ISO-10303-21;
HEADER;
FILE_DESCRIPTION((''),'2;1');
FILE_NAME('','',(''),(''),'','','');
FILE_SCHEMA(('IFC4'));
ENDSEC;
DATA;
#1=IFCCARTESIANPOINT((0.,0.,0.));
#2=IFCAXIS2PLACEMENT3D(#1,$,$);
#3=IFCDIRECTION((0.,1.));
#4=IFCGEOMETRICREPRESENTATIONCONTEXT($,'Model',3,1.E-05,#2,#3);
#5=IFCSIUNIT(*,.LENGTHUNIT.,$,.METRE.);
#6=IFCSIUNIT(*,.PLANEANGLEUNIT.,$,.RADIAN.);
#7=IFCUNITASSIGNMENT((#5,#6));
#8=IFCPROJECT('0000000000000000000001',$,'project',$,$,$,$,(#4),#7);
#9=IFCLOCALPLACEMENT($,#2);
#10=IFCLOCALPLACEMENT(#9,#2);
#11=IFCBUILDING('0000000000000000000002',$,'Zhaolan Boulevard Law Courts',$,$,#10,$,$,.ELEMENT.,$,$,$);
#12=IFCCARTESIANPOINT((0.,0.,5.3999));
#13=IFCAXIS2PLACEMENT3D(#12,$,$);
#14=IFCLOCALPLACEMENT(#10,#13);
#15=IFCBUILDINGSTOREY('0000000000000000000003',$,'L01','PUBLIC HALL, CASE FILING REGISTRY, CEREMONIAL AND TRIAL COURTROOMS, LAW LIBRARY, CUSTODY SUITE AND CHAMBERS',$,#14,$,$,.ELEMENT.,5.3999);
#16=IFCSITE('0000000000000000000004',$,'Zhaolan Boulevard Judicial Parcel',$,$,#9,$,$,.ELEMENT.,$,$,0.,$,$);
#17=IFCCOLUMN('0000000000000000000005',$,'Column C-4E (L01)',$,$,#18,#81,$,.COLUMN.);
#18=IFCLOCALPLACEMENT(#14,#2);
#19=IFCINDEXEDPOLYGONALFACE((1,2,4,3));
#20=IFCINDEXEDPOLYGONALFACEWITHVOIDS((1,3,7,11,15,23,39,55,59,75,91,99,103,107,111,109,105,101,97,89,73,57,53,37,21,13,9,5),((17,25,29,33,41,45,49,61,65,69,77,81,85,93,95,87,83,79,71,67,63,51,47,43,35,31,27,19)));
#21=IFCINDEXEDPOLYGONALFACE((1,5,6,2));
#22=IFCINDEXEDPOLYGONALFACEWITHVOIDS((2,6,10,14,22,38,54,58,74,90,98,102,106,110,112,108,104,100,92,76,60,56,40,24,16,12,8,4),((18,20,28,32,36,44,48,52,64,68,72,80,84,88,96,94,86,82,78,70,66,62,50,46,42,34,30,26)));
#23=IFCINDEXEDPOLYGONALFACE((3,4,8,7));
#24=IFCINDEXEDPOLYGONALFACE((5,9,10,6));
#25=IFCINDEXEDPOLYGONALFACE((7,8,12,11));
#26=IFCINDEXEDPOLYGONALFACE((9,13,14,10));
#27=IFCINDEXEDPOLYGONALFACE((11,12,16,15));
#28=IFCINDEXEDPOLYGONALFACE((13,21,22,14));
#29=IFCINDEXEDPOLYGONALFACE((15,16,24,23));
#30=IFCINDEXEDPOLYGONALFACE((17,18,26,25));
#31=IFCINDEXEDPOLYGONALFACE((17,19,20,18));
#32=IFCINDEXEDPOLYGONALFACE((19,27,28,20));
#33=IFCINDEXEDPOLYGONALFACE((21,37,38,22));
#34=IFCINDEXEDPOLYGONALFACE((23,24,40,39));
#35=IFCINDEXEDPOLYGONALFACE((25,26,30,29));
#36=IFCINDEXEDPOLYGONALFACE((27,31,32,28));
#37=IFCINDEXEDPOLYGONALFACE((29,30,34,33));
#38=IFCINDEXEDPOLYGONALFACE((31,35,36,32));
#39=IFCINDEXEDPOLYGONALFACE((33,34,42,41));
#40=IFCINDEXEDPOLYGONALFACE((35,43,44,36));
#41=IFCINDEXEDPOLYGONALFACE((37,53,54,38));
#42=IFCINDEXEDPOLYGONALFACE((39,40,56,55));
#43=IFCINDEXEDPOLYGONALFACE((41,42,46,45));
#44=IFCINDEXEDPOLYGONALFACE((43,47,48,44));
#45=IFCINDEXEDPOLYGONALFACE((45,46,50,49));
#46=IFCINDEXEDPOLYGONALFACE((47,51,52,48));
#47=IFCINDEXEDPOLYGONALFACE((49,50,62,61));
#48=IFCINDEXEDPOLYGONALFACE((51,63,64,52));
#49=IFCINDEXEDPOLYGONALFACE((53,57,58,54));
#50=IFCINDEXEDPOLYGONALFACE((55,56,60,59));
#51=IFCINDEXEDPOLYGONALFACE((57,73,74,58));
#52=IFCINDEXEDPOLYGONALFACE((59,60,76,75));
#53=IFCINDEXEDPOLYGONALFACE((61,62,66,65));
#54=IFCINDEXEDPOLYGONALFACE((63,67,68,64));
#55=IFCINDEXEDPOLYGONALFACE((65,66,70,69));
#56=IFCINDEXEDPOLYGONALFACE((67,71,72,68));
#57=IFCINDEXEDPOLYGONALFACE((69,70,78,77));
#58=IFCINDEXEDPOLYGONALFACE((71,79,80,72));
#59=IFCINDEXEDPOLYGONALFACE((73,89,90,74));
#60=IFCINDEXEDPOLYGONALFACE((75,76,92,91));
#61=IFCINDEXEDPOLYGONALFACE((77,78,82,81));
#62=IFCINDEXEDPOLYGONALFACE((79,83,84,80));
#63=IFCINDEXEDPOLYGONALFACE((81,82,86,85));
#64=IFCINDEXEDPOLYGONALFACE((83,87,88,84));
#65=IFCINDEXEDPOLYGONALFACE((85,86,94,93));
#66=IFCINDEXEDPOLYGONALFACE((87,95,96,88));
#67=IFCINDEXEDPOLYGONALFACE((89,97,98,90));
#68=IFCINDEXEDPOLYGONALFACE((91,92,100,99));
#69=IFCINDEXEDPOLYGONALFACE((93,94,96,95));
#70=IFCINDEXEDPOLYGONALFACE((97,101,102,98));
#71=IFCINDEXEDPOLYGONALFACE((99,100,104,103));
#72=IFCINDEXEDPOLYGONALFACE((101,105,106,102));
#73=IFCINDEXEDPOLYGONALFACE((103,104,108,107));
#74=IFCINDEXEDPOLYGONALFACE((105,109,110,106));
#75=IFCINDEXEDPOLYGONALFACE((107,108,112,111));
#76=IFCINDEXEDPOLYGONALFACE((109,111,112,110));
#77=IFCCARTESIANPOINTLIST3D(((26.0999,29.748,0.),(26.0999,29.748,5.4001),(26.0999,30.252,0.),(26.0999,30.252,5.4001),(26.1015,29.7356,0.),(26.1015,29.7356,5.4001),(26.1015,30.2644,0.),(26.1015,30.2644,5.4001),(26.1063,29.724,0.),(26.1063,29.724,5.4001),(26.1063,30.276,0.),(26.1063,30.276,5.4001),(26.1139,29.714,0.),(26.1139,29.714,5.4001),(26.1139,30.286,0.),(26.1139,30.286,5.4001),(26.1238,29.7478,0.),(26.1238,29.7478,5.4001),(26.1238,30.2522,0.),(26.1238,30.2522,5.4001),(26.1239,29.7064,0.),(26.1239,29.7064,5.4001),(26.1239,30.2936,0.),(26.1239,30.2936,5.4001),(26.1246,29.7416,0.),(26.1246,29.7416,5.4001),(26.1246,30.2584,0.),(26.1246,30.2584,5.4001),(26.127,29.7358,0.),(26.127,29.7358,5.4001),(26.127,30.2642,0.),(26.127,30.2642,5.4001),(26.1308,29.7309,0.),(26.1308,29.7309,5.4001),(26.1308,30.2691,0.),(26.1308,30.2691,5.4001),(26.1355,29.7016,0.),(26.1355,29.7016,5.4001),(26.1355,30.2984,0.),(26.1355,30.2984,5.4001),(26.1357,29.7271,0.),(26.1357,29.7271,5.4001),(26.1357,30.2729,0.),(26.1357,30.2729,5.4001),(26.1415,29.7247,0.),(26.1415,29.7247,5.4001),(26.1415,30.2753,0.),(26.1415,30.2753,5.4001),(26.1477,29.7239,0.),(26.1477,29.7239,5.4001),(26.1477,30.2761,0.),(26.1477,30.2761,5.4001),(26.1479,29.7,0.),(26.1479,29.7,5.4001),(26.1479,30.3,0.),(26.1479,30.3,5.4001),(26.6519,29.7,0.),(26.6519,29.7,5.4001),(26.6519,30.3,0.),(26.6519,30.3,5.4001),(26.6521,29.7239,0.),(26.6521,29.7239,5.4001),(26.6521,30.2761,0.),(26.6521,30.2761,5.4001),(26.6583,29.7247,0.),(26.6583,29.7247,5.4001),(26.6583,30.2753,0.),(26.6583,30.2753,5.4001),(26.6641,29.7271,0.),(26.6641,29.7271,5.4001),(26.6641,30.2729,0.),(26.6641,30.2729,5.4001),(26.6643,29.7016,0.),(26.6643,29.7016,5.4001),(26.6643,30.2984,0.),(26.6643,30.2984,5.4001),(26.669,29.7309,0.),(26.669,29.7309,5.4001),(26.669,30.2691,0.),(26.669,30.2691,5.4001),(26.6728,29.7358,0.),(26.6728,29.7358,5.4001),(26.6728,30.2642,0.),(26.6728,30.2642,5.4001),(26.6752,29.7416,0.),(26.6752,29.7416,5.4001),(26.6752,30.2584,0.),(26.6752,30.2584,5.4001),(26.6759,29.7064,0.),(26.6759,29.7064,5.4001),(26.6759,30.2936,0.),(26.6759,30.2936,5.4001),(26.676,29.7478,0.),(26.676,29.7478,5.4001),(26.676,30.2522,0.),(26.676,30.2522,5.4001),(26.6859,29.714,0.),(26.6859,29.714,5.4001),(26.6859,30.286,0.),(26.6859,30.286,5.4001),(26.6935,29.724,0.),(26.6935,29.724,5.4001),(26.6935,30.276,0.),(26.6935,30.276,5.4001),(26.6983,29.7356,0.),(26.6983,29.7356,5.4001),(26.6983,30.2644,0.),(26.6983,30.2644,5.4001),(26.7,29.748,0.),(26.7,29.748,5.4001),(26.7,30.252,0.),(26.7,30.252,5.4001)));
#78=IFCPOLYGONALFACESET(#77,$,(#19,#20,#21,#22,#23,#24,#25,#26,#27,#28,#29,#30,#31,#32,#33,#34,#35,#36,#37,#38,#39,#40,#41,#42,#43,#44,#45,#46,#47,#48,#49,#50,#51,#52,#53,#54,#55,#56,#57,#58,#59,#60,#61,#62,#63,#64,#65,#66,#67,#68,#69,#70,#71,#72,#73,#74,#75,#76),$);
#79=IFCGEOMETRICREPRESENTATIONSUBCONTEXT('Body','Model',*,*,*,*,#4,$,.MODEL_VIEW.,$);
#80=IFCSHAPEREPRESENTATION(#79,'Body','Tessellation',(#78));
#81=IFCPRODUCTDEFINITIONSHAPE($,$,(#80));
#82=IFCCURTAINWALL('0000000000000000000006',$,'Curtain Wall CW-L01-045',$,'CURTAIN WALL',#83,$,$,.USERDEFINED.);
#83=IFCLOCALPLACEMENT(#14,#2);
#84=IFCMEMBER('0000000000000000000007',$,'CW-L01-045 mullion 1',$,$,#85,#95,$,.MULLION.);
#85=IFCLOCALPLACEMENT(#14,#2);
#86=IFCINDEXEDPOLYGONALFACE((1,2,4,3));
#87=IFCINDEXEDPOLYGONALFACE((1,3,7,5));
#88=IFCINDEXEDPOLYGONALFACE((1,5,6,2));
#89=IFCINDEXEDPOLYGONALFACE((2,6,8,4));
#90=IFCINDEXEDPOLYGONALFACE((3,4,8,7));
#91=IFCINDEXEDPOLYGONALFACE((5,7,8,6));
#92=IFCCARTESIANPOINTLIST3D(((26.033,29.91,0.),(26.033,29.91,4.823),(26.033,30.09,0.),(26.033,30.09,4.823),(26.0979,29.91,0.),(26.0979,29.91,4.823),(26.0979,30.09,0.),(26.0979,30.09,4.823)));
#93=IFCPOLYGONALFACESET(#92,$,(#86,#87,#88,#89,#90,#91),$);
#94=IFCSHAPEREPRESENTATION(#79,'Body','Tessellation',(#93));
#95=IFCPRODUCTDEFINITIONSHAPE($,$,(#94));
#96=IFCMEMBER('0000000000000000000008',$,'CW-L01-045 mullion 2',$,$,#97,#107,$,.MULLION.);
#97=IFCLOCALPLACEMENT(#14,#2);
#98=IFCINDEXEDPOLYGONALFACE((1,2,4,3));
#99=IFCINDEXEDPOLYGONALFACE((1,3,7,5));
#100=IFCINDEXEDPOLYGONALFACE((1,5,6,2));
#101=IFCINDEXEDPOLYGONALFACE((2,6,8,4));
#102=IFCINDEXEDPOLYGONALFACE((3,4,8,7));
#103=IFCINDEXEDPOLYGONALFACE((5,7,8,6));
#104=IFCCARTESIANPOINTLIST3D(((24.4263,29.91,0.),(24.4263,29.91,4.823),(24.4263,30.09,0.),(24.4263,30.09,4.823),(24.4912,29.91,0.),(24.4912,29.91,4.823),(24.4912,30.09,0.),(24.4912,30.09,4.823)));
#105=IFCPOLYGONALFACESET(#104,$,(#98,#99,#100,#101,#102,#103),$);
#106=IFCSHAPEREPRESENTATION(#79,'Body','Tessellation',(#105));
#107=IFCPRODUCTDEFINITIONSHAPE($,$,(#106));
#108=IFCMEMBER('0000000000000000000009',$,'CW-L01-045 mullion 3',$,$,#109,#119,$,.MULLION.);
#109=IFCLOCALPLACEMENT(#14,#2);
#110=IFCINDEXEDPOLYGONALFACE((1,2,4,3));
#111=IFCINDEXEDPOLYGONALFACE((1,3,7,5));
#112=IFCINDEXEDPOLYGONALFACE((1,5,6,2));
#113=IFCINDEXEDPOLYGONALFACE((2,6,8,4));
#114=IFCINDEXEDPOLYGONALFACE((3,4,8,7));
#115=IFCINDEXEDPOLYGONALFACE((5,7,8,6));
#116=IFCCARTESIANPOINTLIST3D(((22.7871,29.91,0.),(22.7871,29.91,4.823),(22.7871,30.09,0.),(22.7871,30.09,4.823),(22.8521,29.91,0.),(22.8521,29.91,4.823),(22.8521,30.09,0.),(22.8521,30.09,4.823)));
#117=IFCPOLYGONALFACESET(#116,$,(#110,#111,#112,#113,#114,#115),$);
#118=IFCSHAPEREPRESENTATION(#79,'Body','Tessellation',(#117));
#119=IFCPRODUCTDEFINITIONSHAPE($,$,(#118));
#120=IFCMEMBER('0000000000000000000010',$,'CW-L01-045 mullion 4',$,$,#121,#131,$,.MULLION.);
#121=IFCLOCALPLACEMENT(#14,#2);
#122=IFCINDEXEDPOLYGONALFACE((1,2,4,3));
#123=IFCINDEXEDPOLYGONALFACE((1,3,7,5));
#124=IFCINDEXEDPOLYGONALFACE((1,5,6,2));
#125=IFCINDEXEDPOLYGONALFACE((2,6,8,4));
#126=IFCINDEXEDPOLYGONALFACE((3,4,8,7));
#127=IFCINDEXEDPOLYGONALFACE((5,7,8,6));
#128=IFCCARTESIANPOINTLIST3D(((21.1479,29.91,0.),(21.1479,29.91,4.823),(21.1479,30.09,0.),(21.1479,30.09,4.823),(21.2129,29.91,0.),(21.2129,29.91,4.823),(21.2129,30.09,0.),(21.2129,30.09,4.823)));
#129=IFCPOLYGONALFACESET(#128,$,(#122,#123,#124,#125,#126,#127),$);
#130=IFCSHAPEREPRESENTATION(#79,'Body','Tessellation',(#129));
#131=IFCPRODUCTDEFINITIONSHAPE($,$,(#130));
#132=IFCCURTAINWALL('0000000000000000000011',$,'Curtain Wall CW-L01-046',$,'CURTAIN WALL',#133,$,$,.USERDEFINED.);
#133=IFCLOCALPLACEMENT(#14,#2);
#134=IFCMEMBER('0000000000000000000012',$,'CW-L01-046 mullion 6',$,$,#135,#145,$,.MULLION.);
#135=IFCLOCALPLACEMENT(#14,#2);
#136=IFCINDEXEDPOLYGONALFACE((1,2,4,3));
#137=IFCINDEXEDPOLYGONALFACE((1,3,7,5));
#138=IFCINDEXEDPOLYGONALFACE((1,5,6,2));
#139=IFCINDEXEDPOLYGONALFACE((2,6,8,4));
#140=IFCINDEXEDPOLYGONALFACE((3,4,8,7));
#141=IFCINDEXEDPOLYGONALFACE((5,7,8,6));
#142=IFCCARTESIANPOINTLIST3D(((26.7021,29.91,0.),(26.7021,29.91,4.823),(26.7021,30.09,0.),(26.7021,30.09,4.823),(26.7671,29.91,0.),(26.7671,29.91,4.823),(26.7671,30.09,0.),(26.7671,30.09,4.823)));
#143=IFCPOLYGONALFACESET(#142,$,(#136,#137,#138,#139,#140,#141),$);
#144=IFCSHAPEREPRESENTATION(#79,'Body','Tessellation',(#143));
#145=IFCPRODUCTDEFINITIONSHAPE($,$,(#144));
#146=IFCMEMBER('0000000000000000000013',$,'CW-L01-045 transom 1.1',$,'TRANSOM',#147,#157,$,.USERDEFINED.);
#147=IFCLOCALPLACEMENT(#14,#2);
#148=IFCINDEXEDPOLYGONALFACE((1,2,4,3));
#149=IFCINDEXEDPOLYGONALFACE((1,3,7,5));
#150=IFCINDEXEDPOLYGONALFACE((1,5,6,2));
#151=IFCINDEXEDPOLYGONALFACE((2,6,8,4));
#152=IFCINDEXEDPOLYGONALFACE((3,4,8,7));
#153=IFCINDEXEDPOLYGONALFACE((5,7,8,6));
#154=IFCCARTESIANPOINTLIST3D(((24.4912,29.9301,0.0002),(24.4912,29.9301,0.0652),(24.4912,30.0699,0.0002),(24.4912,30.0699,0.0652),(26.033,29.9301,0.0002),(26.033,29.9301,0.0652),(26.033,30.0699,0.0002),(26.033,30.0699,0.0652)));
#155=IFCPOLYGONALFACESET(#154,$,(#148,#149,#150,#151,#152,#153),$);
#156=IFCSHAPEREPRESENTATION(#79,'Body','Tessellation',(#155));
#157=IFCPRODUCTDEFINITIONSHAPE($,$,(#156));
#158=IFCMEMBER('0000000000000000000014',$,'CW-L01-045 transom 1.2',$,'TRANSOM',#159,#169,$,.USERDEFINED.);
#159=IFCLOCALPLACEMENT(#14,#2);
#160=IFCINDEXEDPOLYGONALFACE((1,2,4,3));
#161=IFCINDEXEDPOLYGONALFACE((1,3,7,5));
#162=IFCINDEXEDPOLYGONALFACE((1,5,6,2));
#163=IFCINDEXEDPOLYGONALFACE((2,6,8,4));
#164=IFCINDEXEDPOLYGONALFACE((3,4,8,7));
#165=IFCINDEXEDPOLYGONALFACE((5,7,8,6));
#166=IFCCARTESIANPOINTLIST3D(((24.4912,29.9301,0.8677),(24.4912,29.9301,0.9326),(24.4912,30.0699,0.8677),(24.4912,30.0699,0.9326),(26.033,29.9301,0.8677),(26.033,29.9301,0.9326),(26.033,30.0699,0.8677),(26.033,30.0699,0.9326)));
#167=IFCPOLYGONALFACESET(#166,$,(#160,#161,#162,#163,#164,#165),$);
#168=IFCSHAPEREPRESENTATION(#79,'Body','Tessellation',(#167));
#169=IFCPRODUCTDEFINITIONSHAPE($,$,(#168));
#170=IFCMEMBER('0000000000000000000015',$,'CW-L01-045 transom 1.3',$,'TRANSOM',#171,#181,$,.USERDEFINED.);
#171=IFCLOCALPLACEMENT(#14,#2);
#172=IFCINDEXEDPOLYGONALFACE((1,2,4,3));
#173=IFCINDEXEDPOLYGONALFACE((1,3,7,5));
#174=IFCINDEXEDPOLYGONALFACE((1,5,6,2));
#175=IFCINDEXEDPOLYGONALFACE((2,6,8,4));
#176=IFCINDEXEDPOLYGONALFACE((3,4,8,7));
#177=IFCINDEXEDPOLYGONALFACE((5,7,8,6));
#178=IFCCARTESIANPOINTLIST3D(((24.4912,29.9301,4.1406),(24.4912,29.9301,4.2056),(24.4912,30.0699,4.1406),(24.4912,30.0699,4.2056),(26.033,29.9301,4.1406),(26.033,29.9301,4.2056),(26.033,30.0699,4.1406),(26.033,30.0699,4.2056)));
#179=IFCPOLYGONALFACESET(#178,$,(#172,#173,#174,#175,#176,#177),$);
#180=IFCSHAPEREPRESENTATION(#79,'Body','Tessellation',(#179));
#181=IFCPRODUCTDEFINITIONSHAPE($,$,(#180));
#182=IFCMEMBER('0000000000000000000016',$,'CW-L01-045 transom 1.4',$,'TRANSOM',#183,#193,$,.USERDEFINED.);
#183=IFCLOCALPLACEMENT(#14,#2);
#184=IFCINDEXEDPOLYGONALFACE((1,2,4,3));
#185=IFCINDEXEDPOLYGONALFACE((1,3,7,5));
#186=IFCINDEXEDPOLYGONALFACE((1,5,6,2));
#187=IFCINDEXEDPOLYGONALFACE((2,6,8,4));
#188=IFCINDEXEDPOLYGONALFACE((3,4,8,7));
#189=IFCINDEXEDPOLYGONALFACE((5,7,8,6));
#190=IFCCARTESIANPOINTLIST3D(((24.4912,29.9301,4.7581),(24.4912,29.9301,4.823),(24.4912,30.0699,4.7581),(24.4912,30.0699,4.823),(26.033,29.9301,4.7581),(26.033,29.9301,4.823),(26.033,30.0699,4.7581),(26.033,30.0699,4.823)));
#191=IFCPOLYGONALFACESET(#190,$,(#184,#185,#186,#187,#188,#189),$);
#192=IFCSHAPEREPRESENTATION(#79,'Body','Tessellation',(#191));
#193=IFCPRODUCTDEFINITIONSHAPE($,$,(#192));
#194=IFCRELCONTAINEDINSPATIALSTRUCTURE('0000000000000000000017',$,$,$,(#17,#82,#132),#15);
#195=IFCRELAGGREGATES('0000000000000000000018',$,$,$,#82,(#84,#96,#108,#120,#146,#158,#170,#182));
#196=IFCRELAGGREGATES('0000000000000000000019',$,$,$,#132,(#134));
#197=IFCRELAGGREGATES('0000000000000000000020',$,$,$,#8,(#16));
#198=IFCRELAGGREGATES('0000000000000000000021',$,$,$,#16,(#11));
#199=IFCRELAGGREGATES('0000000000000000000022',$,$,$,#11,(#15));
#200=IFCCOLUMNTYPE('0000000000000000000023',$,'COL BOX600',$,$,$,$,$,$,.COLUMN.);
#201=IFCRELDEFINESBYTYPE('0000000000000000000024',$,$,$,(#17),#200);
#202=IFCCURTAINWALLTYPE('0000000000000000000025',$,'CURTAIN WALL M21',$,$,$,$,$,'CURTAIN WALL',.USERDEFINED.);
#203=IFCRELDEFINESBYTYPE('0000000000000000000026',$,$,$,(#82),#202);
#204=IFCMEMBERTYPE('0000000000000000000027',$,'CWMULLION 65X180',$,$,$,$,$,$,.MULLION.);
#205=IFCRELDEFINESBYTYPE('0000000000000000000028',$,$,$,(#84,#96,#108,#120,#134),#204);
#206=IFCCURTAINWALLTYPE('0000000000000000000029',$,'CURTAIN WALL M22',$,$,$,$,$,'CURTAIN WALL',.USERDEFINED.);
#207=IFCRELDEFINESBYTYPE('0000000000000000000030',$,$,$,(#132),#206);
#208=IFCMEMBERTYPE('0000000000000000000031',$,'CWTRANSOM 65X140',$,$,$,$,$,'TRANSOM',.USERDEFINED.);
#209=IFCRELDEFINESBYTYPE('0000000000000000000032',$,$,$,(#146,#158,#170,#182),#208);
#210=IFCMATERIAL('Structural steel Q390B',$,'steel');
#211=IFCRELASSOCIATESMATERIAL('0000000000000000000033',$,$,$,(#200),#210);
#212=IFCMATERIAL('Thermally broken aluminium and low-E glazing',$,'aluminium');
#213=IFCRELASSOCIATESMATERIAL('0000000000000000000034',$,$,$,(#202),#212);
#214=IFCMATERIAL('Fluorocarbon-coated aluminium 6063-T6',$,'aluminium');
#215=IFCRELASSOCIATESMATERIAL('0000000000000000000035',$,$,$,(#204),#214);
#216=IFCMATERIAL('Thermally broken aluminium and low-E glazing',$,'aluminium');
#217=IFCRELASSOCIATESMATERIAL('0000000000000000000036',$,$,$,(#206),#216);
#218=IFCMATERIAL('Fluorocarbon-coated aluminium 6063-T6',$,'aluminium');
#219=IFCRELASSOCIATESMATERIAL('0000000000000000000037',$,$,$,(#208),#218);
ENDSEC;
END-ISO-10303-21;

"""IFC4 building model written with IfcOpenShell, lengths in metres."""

from ifc_helpers import new_model, si_unit, direction, frame, origin, origin_2d, place, context, subcontext, project, spatial, rectangle, hollow_rectangle, extrude, material, material_profile, profile_set, type_object, element, aggregate, save


model = new_model("IFC4")

# Units and contexts
model_context = context("Model", 3, precision=1e-05, world=origin(), true_north=direction((0.0, 1.0)))
body_context = subcontext(model_context, "Body", "Model", "MODEL_VIEW")
ifc_project = project(units=[si_unit("LENGTHUNIT", "METRE"), si_unit("PLANEANGLEUNIT", "RADIAN")], contexts=[model_context])

# Site, building, storey
site_placement = place(None, origin())
site = spatial("IfcSite", under=ifc_project, at=site_placement, Name="Zhaolan Boulevard Judicial Parcel", CompositionType="ELEMENT", RefElevation=0.0)
building_placement = place(site_placement, origin())
building = spatial("IfcBuilding", under=site, at=building_placement, Name="Zhaolan Boulevard Law Courts", CompositionType="ELEMENT")
storey_placement = place(building_placement, frame((0.0, 0.0, 5.3999)))
storey = spatial("IfcBuildingStorey", under=building, at=storey_placement, Name="L01", Description="PUBLIC HALL, CASE FILING REGISTRY, CEREMONIAL AND TRIAL COURTROOMS, LAW LIBRARY, CUSTODY SUITE AND CHAMBERS", CompositionType="ELEMENT", Elevation=5.3999)

# Column
ifc_material_1 = material(Name="Structural steel Q390B", Category="steel")
ifc_material_profile_1 = material_profile(ifc_material_1, hollow_rectangle(XDim=0.6001, YDim=0.6001, WallThickness=0.0239, InnerFilletRadius=0.0239, OuterFilletRadius=0.0481, at=origin_2d()), Name="BOX600x600x24")
ifc_profile_set_1 = profile_set([ifc_material_profile_1], Name="Structural steel Q390B")
column_type = type_object("IfcColumnType", Name="COL BOX600", PredefinedType="COLUMN", material=ifc_profile_set_1)
column_placement = place(storey_placement, frame((26.3999, 30.0, 0.0), z_axis=(0.0, 0.0, 1.0), x_axis=(1.0, 0.0, 0.0)))
element("IfcColumn", 1, at=column_placement, inside=storey, type_object=column_type, Name="Column C-4E (L01)", PredefinedType="COLUMN", context=body_context, shape_type="SweptSolid", body=[
    extrude(hollow_rectangle(XDim=0.6001, YDim=0.6001, WallThickness=0.0239, InnerFilletRadius=0.0239, OuterFilletRadius=0.0481, at=origin_2d()), origin(), (0.0, 0.0, 1.0), 5.4001),
])

# Curtain wall, members
ifc_material_2 = material(Name="Thermally broken aluminium and low-E glazing", Category="aluminium")
curtain_wall_type_1 = type_object("IfcCurtainWallType", Name="CURTAIN WALL M21", ElementType="CURTAIN WALL", PredefinedType="USERDEFINED", material=ifc_material_2)
curtain_wall_1_placement = place(storey_placement, origin())
curtain_wall_1 = element("IfcCurtainWall", 2, at=curtain_wall_1_placement, inside=storey, type_object=curtain_wall_type_1, Name="Curtain Wall CW-L01-045", ObjectType="CURTAIN WALL", PredefinedType="USERDEFINED")
ifc_material_3 = material(Name="Fluorocarbon-coated aluminium 6063-T6", Category="aluminium")
ifc_material_profile_2 = material_profile(ifc_material_3, rectangle(XDim=0.1799, YDim=0.0649, at=origin_2d()), Name="AL65x180")
ifc_profile_set_2 = profile_set([ifc_material_profile_2], Name="Fluorocarbon-coated aluminium 6063-T6")
member_type_1 = type_object("IfcMemberType", Name="CWMULLION 65X180", PredefinedType="MULLION", material=ifc_profile_set_2)
member_1_placement = place(storey_placement, frame((26.0654, 30.0, 0.0), z_axis=(0.0, 0.0, 1.0), x_axis=(0.0, -1.0, 0.0)))
member_1 = element("IfcMember", 3, at=member_1_placement, type_object=member_type_1, Name="CW-L01-045 mullion 1", PredefinedType="MULLION", context=body_context, shape_type="SweptSolid", body=[
    extrude(rectangle(XDim=0.1799, YDim=0.0649, at=origin_2d()), origin(), (0.0, 0.0, 1.0), 4.823),
])
member_2_placement = place(storey_placement, frame((24.4587, 30.0, 0.0), z_axis=(0.0, 0.0, 1.0), x_axis=(0.0, -1.0, 0.0)))
member_2 = element("IfcMember", 4, at=member_2_placement, type_object=member_type_1, Name="CW-L01-045 mullion 2", PredefinedType="MULLION", context=body_context, shape_type="SweptSolid", body=[
    extrude(rectangle(XDim=0.1799, YDim=0.0649, at=origin_2d()), origin(), (0.0, 0.0, 1.0), 4.823),
])
member_3_placement = place(storey_placement, frame((22.8196, 30.0, 0.0), z_axis=(0.0, 0.0, 1.0), x_axis=(0.0, -1.0, 0.0)))
member_3 = element("IfcMember", 5, at=member_3_placement, type_object=member_type_1, Name="CW-L01-045 mullion 3", PredefinedType="MULLION", context=body_context, shape_type="SweptSolid", body=[
    extrude(rectangle(XDim=0.1799, YDim=0.0649, at=origin_2d()), origin(), (0.0, 0.0, 1.0), 4.823),
])
member_4_placement = place(storey_placement, frame((21.1804, 30.0, 0.0), z_axis=(0.0, 0.0, 1.0), x_axis=(0.0, -1.0, 0.0)))
member_4 = element("IfcMember", 6, at=member_4_placement, type_object=member_type_1, Name="CW-L01-045 mullion 4", PredefinedType="MULLION", context=body_context, shape_type="SweptSolid", body=[
    extrude(rectangle(XDim=0.1799, YDim=0.0649, at=origin_2d()), origin(), (0.0, 0.0, 1.0), 4.823),
])

# Curtain wall, member
ifc_material_4 = material(Name="Thermally broken aluminium and low-E glazing", Category="aluminium")
curtain_wall_type_2 = type_object("IfcCurtainWallType", Name="CURTAIN WALL M22", ElementType="CURTAIN WALL", PredefinedType="USERDEFINED", material=ifc_material_4)
curtain_wall_2_placement = place(storey_placement, origin())
curtain_wall_2 = element("IfcCurtainWall", 7, at=curtain_wall_2_placement, inside=storey, type_object=curtain_wall_type_2, Name="Curtain Wall CW-L01-046", ObjectType="CURTAIN WALL", PredefinedType="USERDEFINED")
member_5_placement = place(storey_placement, frame((26.7346, 30.0, 0.0), z_axis=(0.0, 0.0, 1.0), x_axis=(0.0, -1.0, 0.0)))
member_5 = element("IfcMember", 8, at=member_5_placement, type_object=member_type_1, Name="CW-L01-046 mullion 6", PredefinedType="MULLION", context=body_context, shape_type="SweptSolid", body=[
    extrude(rectangle(XDim=0.1799, YDim=0.0649, at=origin_2d()), origin(), (0.0, 0.0, 1.0), 4.823),
])

# Members
ifc_material_5 = material(Name="Fluorocarbon-coated aluminium 6063-T6", Category="aluminium")
ifc_material_profile_3 = material_profile(ifc_material_5, rectangle(XDim=0.1399, YDim=0.0649, at=origin_2d()), Name="AL65x140")
ifc_profile_set_3 = profile_set([ifc_material_profile_3], Name="Fluorocarbon-coated aluminium 6063-T6")
member_type_2 = type_object("IfcMemberType", Name="CWTRANSOM 65X140", ElementType="TRANSOM", PredefinedType="USERDEFINED", material=ifc_profile_set_3)
member_6_placement = place(storey_placement, frame((26.033, 30.0, 0.0327), z_axis=(-1.0, 0.0, 0.0), x_axis=(0.0, -1.0, 0.0)))
member_6 = element("IfcMember", 9, at=member_6_placement, type_object=member_type_2, Name="CW-L01-045 transom 1.1", ObjectType="TRANSOM", PredefinedType="USERDEFINED", context=body_context, shape_type="SweptSolid", body=[
    extrude(rectangle(XDim=0.1399, YDim=0.0649, at=origin_2d()), origin(), (0.0, 0.0, 1.0), 1.5417),
])
member_7_placement = place(storey_placement, frame((26.033, 30.0, 0.9001), z_axis=(-1.0, 0.0, 0.0), x_axis=(0.0, -1.0, 0.0)))
member_7 = element("IfcMember", 10, at=member_7_placement, type_object=member_type_2, Name="CW-L01-045 transom 1.2", ObjectType="TRANSOM", PredefinedType="USERDEFINED", context=body_context, shape_type="SweptSolid", body=[
    extrude(rectangle(XDim=0.1399, YDim=0.0649, at=origin_2d()), origin(), (0.0, 0.0, 1.0), 1.5417),
])
member_8_placement = place(storey_placement, frame((26.033, 30.0, 4.1731), z_axis=(-1.0, 0.0, 0.0), x_axis=(0.0, -1.0, 0.0)))
member_8 = element("IfcMember", 11, at=member_8_placement, type_object=member_type_2, Name="CW-L01-045 transom 1.3", ObjectType="TRANSOM", PredefinedType="USERDEFINED", context=body_context, shape_type="SweptSolid", body=[
    extrude(rectangle(XDim=0.1399, YDim=0.0649, at=origin_2d()), origin(), (0.0, 0.0, 1.0), 1.5417),
])
member_9_placement = place(storey_placement, frame((26.033, 30.0, 4.7905), z_axis=(-1.0, 0.0, 0.0), x_axis=(0.0, -1.0, 0.0)))
member_9 = element("IfcMember", 12, at=member_9_placement, type_object=member_type_2, Name="CW-L01-045 transom 1.4", ObjectType="TRANSOM", PredefinedType="USERDEFINED", context=body_context, shape_type="SweptSolid", body=[
    extrude(rectangle(XDim=0.1399, YDim=0.0649, at=origin_2d()), origin(), (0.0, 0.0, 1.0), 1.5417),
])

aggregate(curtain_wall_1, [member_1, member_2, member_3, member_4, member_6, member_7, member_8, member_9])
aggregate(curtain_wall_2, [member_5])

save(model, "model.ifc")
